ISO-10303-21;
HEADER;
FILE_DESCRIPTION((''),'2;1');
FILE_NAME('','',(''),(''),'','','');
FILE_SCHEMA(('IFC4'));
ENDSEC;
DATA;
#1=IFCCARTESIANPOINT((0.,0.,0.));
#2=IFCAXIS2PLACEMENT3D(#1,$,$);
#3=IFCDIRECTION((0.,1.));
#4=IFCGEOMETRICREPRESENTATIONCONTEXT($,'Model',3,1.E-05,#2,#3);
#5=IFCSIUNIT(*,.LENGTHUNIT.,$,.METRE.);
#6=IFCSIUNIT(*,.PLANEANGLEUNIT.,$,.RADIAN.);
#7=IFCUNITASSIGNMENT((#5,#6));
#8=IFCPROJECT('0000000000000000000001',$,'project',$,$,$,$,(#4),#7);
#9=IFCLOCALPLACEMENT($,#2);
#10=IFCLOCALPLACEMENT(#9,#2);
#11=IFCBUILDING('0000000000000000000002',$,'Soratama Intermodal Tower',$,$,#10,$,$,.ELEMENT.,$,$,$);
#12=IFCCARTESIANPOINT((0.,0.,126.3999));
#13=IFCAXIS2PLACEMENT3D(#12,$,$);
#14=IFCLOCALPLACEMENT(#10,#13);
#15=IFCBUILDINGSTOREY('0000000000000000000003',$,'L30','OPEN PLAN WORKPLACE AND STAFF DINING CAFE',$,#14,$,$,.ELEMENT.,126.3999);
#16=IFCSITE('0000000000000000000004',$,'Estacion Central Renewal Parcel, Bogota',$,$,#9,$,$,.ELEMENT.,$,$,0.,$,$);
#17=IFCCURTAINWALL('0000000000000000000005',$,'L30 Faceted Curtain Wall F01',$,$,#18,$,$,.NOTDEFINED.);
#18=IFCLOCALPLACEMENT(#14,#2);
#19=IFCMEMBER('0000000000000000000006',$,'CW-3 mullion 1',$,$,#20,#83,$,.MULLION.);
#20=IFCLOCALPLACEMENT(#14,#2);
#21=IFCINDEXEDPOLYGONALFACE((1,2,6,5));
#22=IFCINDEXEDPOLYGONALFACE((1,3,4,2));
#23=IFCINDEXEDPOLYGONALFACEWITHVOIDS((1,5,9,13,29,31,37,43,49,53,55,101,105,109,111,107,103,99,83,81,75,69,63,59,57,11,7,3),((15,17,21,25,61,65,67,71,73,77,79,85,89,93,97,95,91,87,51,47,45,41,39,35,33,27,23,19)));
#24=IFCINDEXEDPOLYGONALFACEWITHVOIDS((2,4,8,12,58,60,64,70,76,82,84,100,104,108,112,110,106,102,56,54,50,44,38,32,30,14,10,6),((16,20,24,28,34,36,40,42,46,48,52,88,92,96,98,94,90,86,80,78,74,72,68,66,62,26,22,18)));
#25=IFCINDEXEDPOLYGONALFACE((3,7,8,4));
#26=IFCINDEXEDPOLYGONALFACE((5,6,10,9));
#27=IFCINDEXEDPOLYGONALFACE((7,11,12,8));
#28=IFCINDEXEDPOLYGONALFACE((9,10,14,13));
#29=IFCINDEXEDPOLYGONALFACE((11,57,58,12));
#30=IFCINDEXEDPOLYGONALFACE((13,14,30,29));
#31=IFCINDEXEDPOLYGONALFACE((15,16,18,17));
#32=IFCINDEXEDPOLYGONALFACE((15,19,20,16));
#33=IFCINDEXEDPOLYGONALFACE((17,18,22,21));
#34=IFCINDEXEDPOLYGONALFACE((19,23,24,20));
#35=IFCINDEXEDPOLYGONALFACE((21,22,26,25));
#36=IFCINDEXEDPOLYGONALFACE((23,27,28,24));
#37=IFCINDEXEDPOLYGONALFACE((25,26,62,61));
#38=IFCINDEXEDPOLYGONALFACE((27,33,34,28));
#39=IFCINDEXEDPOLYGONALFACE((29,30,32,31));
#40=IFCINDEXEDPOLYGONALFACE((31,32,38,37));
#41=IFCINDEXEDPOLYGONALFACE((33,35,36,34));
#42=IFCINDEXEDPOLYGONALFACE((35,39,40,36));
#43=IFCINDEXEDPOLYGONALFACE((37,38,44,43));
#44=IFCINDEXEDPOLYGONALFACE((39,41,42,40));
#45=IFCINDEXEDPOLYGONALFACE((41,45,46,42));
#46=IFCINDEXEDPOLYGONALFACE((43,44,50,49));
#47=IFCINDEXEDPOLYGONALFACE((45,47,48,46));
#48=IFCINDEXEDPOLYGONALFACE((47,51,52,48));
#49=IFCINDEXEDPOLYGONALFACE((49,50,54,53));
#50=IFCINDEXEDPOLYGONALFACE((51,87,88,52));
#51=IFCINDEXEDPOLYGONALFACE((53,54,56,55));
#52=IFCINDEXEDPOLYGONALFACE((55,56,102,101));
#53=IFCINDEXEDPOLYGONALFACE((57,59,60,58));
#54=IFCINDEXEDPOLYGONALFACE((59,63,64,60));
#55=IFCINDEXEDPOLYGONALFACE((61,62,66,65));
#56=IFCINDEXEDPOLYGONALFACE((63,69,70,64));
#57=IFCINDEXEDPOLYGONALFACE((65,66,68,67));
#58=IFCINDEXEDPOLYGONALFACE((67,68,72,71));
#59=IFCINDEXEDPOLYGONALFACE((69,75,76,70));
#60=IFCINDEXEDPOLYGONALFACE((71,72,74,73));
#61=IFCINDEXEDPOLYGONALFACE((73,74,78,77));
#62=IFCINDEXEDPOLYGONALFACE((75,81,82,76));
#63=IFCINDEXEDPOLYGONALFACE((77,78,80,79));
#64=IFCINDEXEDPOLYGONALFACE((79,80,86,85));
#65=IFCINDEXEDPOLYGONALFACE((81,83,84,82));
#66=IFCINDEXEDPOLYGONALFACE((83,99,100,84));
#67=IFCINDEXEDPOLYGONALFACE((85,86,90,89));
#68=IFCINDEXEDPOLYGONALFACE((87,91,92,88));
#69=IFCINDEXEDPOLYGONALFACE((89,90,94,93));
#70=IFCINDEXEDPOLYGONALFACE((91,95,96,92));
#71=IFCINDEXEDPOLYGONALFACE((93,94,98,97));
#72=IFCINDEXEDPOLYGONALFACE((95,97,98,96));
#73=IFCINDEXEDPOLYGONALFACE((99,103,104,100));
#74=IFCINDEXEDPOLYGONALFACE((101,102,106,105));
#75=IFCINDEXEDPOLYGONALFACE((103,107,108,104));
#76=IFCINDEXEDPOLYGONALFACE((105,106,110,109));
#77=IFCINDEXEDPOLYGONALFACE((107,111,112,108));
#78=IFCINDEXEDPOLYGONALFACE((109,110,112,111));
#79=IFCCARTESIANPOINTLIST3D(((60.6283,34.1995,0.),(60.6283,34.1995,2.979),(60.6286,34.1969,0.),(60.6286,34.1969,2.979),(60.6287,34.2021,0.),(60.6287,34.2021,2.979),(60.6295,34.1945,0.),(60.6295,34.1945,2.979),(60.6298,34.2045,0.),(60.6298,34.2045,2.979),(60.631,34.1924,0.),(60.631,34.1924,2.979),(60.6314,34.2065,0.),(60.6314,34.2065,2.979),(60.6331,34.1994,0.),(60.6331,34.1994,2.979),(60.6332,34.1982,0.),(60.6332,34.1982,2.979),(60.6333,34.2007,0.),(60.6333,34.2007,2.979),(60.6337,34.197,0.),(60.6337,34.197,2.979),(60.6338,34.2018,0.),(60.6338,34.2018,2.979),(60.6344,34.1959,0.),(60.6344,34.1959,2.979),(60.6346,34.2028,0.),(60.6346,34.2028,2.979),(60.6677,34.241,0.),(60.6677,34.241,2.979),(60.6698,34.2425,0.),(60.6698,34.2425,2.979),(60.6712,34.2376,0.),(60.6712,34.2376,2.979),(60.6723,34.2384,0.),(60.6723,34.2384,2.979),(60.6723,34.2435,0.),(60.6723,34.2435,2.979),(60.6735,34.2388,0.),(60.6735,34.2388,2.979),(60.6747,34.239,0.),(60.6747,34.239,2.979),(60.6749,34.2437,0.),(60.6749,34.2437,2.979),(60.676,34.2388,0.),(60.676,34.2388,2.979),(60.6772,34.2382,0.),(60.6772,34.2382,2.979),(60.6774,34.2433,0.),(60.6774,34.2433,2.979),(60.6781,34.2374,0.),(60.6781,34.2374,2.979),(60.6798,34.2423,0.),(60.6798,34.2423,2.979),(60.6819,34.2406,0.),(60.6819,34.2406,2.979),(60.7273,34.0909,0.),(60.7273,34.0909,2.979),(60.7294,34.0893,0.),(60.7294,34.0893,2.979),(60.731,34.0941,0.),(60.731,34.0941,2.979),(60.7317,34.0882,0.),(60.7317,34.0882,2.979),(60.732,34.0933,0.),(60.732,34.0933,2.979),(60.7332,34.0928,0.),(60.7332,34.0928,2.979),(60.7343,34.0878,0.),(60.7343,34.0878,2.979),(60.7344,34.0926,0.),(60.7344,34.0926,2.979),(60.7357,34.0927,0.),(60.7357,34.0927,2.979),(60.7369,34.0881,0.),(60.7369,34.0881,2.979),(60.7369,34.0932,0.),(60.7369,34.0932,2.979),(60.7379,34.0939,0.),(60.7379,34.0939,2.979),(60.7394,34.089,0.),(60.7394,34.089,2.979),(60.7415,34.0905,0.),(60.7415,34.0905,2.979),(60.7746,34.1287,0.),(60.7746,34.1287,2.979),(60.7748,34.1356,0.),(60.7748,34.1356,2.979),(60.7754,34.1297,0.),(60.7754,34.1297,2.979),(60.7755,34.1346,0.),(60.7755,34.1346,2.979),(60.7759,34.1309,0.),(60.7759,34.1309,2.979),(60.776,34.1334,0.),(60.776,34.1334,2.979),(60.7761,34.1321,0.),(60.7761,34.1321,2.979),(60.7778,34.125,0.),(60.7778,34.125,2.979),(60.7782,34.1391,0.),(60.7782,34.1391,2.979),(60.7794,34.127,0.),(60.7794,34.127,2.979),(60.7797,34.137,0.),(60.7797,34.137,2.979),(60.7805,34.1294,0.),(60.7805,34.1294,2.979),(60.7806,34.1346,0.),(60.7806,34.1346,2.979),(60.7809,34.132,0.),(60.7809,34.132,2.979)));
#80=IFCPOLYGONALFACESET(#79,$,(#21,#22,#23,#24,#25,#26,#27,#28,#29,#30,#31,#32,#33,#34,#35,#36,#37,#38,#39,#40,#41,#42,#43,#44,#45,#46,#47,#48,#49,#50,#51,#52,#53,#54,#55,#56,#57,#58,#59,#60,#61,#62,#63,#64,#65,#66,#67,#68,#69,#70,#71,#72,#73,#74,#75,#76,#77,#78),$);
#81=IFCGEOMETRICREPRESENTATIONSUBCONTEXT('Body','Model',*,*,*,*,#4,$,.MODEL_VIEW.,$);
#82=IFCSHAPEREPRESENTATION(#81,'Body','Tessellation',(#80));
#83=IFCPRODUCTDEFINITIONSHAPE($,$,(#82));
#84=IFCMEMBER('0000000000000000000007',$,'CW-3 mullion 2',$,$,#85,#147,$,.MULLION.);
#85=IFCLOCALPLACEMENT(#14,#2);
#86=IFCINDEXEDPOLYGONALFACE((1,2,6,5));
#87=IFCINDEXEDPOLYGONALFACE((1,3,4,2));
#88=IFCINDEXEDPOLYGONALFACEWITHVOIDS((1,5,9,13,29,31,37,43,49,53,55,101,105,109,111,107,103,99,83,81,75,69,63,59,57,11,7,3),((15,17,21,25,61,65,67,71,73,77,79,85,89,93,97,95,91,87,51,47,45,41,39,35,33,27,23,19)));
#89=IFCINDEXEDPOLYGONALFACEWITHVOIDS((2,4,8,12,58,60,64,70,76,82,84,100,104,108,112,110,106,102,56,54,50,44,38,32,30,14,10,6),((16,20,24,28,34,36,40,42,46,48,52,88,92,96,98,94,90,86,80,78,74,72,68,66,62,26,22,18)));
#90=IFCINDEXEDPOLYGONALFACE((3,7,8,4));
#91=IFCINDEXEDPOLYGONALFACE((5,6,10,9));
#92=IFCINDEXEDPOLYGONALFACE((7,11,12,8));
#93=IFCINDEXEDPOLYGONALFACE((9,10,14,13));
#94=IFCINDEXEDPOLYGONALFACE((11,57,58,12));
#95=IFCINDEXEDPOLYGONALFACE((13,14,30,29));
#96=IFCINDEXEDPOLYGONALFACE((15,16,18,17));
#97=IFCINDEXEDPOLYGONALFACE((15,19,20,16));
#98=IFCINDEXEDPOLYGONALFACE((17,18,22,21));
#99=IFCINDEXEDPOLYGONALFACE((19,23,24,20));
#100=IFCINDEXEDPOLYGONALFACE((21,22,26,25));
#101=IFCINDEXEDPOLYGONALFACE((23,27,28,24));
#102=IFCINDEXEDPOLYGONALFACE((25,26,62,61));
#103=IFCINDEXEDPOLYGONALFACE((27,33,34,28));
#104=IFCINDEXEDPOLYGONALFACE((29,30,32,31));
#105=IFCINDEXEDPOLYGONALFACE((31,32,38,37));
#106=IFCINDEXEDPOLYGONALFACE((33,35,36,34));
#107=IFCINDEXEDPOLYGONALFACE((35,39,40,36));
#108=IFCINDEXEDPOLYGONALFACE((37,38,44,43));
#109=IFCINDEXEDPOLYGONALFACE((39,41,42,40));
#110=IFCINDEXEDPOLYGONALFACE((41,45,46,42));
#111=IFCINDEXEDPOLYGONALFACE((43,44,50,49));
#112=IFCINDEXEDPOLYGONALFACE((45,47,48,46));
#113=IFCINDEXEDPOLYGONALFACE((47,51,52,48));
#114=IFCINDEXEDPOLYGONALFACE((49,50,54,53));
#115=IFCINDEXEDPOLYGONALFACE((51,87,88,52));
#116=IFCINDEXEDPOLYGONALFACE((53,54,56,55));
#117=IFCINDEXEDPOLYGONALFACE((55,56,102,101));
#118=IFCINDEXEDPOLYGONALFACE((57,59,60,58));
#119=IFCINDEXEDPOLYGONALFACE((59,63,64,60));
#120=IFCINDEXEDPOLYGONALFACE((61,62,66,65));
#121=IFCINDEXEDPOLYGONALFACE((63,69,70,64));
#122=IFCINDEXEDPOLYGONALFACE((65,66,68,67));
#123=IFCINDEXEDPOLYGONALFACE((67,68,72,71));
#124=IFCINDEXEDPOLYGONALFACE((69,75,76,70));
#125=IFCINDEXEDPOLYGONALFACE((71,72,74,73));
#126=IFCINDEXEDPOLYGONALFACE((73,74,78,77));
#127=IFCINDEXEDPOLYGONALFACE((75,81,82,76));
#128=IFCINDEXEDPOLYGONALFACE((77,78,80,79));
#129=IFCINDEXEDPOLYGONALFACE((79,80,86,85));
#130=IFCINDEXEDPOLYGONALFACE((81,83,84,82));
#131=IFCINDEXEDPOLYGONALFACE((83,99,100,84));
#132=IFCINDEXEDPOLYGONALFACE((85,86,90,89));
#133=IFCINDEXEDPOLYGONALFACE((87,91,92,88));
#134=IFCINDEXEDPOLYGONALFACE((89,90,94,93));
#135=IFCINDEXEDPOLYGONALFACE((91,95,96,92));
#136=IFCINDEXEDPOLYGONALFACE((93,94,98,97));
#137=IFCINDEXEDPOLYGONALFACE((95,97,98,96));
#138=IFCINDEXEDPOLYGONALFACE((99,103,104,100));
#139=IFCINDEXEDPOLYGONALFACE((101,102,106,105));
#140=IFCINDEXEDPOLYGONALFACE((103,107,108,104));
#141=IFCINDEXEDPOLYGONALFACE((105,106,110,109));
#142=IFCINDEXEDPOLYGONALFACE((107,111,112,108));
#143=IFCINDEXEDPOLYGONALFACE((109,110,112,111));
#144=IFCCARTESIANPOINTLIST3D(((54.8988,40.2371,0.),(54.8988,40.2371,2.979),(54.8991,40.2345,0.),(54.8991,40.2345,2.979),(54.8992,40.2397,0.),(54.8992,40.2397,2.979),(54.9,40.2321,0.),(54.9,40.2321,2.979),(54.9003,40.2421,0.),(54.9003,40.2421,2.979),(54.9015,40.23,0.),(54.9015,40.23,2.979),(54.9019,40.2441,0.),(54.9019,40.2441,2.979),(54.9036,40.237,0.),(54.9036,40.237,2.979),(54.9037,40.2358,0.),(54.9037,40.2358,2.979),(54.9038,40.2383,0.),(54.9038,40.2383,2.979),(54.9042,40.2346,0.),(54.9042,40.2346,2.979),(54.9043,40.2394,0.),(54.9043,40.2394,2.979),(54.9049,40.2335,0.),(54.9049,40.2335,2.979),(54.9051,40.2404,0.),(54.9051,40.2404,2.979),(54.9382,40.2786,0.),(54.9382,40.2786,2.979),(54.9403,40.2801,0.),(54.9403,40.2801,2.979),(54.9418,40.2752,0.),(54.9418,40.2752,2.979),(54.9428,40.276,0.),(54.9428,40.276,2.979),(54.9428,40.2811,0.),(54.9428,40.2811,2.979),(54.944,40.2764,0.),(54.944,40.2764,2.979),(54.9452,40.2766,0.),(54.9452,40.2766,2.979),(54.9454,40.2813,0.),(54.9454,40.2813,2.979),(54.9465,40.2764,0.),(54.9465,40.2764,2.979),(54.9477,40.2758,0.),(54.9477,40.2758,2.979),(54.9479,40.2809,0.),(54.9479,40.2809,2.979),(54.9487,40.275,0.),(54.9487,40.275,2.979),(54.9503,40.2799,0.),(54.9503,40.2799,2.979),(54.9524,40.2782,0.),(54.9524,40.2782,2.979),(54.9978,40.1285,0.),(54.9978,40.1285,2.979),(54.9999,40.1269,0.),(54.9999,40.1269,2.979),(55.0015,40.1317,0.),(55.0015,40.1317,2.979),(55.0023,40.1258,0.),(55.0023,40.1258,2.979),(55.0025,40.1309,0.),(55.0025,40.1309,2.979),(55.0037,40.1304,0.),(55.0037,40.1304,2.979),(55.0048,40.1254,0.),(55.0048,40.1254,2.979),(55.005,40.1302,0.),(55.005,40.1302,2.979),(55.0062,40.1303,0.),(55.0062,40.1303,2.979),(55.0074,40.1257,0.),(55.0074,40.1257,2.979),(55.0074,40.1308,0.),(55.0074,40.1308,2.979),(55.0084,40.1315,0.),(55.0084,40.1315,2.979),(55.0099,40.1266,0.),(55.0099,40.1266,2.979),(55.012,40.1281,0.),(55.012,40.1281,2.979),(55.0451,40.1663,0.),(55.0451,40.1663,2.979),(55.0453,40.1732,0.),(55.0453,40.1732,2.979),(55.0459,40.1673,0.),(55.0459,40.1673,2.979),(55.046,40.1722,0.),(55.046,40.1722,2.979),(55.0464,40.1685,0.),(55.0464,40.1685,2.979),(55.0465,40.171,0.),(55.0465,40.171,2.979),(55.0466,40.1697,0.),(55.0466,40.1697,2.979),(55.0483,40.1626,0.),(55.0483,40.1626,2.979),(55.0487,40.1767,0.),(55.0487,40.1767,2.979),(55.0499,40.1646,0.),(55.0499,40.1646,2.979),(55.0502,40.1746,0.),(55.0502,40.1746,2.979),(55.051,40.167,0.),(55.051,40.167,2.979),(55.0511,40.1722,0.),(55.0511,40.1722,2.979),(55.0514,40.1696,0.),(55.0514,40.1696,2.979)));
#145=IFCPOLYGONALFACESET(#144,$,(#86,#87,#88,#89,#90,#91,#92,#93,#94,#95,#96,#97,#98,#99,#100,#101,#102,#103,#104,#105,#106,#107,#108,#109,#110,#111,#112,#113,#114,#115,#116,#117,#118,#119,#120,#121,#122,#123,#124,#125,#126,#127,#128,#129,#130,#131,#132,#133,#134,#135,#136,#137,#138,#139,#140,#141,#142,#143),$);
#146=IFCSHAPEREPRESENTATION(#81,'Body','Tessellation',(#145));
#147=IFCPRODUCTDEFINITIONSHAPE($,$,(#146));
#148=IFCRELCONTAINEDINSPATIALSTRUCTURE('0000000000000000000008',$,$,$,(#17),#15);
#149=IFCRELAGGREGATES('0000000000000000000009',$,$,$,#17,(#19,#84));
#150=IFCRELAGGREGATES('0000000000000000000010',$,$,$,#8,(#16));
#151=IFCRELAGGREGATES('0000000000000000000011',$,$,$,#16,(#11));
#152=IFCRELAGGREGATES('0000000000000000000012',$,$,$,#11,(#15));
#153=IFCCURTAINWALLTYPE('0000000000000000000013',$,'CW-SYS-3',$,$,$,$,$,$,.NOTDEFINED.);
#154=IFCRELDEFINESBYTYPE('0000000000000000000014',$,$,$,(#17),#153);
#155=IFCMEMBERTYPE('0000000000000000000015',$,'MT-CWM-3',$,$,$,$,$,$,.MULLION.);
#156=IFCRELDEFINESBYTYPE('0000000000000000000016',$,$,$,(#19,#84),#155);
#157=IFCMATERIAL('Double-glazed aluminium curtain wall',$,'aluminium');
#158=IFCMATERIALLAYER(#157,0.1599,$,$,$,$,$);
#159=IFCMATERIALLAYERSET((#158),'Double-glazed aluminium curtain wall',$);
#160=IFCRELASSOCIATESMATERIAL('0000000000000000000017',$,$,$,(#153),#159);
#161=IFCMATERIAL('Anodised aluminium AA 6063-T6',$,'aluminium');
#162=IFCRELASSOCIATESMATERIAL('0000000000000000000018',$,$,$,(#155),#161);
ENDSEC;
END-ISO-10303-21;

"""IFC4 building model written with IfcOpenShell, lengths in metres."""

from ifc_helpers import new_model, si_unit, direction, frame, origin, origin_2d, place, context, subcontext, project, spatial, hollow_rectangle, extrude, material, layer, layer_set, material_profile, profile_set, type_object, element, aggregate, save


model = new_model("IFC4")

# Units and contexts
model_context = context("Model", 3, precision=1e-05, world=origin(), true_north=direction((0.0, 1.0)))
body_context = subcontext(model_context, "Body", "Model", "MODEL_VIEW")
ifc_project = project(units=[si_unit("LENGTHUNIT", "METRE"), si_unit("PLANEANGLEUNIT", "RADIAN")], contexts=[model_context])

# Site, building, storey
site_placement = place(None, origin())
site = spatial("IfcSite", under=ifc_project, at=site_placement, Name="Estacion Central Renewal Parcel, Bogota", CompositionType="ELEMENT", RefElevation=0.0)
building_placement = place(site_placement, origin())
building = spatial("IfcBuilding", under=site, at=building_placement, Name="Soratama Intermodal Tower", CompositionType="ELEMENT")
storey_placement = place(building_placement, frame((0.0, 0.0, 126.3999)))
storey = spatial("IfcBuildingStorey", under=building, at=storey_placement, Name="L30", Description="OPEN PLAN WORKPLACE AND STAFF DINING CAFE", CompositionType="ELEMENT", Elevation=126.3999)

# Curtain wall, members
ifc_material_1 = material(Name="Double-glazed aluminium curtain wall", Category="aluminium")
ifc_layer_1 = layer(ifc_material_1, 0.1599)
ifc_layer_set_1 = layer_set([ifc_layer_1], Name="Double-glazed aluminium curtain wall")
curtain_wall_type = type_object("IfcCurtainWallType", Name="CW-SYS-3", PredefinedType="NOTDEFINED", material=ifc_layer_set_1)
curtain_wall_1_placement = place(storey_placement, origin())
curtain_wall_1 = element("IfcCurtainWall", 1, at=curtain_wall_1_placement, inside=storey, type_object=curtain_wall_type, Name="L30 Faceted Curtain Wall F01", PredefinedType="NOTDEFINED")
ifc_material_2 = material(Name="Anodised aluminium AA 6063-T6", Category="aluminium")
ifc_material_profile_1 = material_profile(ifc_material_2, hollow_rectangle(XDim=0.0701, YDim=0.1599, WallThickness=0.0049, InnerFilletRadius=0.0049, OuterFilletRadius=0.01, at=origin_2d()), Name="CWM160X70X5")
ifc_profile_set_1 = profile_set([ifc_material_profile_1], Name="Anodised aluminium AA 6063-T6")
member_type_1 = type_object("IfcMemberType", Name="MT-CWM-3", PredefinedType="MULLION", material=ifc_profile_set_1)
member_1_placement = place(storey_placement, frame((60.7046, 34.1658, 0.0), z_axis=(0.0, 0.0, 1.0), x_axis=(-0.725377, -0.688352, 0.0)))
member_1 = element("IfcMember", 2, at=member_1_placement, type_object=member_type_1, Name="CW-3 mullion 1", PredefinedType="MULLION", context=body_context, shape_type="SweptSolid", body=[
    extrude(hollow_rectangle(XDim=0.0701, YDim=0.1599, WallThickness=0.0049, InnerFilletRadius=0.0049, OuterFilletRadius=0.01, at=origin_2d()), origin(), (0.0, 0.0, 1.0), 2.979),
])
member_2_placement = place(storey_placement, frame((54.9751, 40.2034, 0.0), z_axis=(0.0, 0.0, 1.0), x_axis=(-0.725377, -0.688352, 0.0)))
member_2 = element("IfcMember", 3, at=member_2_placement, type_object=member_type_1, Name="CW-3 mullion 2", PredefinedType="MULLION", context=body_context, shape_type="SweptSolid", body=[
    extrude(hollow_rectangle(XDim=0.0701, YDim=0.1599, WallThickness=0.0049, InnerFilletRadius=0.0049, OuterFilletRadius=0.01, at=origin_2d()), origin(), (0.0, 0.0, 1.0), 2.979),
])

aggregate(curtain_wall_1, [member_1, member_2])

save(model, "model.ifc")
